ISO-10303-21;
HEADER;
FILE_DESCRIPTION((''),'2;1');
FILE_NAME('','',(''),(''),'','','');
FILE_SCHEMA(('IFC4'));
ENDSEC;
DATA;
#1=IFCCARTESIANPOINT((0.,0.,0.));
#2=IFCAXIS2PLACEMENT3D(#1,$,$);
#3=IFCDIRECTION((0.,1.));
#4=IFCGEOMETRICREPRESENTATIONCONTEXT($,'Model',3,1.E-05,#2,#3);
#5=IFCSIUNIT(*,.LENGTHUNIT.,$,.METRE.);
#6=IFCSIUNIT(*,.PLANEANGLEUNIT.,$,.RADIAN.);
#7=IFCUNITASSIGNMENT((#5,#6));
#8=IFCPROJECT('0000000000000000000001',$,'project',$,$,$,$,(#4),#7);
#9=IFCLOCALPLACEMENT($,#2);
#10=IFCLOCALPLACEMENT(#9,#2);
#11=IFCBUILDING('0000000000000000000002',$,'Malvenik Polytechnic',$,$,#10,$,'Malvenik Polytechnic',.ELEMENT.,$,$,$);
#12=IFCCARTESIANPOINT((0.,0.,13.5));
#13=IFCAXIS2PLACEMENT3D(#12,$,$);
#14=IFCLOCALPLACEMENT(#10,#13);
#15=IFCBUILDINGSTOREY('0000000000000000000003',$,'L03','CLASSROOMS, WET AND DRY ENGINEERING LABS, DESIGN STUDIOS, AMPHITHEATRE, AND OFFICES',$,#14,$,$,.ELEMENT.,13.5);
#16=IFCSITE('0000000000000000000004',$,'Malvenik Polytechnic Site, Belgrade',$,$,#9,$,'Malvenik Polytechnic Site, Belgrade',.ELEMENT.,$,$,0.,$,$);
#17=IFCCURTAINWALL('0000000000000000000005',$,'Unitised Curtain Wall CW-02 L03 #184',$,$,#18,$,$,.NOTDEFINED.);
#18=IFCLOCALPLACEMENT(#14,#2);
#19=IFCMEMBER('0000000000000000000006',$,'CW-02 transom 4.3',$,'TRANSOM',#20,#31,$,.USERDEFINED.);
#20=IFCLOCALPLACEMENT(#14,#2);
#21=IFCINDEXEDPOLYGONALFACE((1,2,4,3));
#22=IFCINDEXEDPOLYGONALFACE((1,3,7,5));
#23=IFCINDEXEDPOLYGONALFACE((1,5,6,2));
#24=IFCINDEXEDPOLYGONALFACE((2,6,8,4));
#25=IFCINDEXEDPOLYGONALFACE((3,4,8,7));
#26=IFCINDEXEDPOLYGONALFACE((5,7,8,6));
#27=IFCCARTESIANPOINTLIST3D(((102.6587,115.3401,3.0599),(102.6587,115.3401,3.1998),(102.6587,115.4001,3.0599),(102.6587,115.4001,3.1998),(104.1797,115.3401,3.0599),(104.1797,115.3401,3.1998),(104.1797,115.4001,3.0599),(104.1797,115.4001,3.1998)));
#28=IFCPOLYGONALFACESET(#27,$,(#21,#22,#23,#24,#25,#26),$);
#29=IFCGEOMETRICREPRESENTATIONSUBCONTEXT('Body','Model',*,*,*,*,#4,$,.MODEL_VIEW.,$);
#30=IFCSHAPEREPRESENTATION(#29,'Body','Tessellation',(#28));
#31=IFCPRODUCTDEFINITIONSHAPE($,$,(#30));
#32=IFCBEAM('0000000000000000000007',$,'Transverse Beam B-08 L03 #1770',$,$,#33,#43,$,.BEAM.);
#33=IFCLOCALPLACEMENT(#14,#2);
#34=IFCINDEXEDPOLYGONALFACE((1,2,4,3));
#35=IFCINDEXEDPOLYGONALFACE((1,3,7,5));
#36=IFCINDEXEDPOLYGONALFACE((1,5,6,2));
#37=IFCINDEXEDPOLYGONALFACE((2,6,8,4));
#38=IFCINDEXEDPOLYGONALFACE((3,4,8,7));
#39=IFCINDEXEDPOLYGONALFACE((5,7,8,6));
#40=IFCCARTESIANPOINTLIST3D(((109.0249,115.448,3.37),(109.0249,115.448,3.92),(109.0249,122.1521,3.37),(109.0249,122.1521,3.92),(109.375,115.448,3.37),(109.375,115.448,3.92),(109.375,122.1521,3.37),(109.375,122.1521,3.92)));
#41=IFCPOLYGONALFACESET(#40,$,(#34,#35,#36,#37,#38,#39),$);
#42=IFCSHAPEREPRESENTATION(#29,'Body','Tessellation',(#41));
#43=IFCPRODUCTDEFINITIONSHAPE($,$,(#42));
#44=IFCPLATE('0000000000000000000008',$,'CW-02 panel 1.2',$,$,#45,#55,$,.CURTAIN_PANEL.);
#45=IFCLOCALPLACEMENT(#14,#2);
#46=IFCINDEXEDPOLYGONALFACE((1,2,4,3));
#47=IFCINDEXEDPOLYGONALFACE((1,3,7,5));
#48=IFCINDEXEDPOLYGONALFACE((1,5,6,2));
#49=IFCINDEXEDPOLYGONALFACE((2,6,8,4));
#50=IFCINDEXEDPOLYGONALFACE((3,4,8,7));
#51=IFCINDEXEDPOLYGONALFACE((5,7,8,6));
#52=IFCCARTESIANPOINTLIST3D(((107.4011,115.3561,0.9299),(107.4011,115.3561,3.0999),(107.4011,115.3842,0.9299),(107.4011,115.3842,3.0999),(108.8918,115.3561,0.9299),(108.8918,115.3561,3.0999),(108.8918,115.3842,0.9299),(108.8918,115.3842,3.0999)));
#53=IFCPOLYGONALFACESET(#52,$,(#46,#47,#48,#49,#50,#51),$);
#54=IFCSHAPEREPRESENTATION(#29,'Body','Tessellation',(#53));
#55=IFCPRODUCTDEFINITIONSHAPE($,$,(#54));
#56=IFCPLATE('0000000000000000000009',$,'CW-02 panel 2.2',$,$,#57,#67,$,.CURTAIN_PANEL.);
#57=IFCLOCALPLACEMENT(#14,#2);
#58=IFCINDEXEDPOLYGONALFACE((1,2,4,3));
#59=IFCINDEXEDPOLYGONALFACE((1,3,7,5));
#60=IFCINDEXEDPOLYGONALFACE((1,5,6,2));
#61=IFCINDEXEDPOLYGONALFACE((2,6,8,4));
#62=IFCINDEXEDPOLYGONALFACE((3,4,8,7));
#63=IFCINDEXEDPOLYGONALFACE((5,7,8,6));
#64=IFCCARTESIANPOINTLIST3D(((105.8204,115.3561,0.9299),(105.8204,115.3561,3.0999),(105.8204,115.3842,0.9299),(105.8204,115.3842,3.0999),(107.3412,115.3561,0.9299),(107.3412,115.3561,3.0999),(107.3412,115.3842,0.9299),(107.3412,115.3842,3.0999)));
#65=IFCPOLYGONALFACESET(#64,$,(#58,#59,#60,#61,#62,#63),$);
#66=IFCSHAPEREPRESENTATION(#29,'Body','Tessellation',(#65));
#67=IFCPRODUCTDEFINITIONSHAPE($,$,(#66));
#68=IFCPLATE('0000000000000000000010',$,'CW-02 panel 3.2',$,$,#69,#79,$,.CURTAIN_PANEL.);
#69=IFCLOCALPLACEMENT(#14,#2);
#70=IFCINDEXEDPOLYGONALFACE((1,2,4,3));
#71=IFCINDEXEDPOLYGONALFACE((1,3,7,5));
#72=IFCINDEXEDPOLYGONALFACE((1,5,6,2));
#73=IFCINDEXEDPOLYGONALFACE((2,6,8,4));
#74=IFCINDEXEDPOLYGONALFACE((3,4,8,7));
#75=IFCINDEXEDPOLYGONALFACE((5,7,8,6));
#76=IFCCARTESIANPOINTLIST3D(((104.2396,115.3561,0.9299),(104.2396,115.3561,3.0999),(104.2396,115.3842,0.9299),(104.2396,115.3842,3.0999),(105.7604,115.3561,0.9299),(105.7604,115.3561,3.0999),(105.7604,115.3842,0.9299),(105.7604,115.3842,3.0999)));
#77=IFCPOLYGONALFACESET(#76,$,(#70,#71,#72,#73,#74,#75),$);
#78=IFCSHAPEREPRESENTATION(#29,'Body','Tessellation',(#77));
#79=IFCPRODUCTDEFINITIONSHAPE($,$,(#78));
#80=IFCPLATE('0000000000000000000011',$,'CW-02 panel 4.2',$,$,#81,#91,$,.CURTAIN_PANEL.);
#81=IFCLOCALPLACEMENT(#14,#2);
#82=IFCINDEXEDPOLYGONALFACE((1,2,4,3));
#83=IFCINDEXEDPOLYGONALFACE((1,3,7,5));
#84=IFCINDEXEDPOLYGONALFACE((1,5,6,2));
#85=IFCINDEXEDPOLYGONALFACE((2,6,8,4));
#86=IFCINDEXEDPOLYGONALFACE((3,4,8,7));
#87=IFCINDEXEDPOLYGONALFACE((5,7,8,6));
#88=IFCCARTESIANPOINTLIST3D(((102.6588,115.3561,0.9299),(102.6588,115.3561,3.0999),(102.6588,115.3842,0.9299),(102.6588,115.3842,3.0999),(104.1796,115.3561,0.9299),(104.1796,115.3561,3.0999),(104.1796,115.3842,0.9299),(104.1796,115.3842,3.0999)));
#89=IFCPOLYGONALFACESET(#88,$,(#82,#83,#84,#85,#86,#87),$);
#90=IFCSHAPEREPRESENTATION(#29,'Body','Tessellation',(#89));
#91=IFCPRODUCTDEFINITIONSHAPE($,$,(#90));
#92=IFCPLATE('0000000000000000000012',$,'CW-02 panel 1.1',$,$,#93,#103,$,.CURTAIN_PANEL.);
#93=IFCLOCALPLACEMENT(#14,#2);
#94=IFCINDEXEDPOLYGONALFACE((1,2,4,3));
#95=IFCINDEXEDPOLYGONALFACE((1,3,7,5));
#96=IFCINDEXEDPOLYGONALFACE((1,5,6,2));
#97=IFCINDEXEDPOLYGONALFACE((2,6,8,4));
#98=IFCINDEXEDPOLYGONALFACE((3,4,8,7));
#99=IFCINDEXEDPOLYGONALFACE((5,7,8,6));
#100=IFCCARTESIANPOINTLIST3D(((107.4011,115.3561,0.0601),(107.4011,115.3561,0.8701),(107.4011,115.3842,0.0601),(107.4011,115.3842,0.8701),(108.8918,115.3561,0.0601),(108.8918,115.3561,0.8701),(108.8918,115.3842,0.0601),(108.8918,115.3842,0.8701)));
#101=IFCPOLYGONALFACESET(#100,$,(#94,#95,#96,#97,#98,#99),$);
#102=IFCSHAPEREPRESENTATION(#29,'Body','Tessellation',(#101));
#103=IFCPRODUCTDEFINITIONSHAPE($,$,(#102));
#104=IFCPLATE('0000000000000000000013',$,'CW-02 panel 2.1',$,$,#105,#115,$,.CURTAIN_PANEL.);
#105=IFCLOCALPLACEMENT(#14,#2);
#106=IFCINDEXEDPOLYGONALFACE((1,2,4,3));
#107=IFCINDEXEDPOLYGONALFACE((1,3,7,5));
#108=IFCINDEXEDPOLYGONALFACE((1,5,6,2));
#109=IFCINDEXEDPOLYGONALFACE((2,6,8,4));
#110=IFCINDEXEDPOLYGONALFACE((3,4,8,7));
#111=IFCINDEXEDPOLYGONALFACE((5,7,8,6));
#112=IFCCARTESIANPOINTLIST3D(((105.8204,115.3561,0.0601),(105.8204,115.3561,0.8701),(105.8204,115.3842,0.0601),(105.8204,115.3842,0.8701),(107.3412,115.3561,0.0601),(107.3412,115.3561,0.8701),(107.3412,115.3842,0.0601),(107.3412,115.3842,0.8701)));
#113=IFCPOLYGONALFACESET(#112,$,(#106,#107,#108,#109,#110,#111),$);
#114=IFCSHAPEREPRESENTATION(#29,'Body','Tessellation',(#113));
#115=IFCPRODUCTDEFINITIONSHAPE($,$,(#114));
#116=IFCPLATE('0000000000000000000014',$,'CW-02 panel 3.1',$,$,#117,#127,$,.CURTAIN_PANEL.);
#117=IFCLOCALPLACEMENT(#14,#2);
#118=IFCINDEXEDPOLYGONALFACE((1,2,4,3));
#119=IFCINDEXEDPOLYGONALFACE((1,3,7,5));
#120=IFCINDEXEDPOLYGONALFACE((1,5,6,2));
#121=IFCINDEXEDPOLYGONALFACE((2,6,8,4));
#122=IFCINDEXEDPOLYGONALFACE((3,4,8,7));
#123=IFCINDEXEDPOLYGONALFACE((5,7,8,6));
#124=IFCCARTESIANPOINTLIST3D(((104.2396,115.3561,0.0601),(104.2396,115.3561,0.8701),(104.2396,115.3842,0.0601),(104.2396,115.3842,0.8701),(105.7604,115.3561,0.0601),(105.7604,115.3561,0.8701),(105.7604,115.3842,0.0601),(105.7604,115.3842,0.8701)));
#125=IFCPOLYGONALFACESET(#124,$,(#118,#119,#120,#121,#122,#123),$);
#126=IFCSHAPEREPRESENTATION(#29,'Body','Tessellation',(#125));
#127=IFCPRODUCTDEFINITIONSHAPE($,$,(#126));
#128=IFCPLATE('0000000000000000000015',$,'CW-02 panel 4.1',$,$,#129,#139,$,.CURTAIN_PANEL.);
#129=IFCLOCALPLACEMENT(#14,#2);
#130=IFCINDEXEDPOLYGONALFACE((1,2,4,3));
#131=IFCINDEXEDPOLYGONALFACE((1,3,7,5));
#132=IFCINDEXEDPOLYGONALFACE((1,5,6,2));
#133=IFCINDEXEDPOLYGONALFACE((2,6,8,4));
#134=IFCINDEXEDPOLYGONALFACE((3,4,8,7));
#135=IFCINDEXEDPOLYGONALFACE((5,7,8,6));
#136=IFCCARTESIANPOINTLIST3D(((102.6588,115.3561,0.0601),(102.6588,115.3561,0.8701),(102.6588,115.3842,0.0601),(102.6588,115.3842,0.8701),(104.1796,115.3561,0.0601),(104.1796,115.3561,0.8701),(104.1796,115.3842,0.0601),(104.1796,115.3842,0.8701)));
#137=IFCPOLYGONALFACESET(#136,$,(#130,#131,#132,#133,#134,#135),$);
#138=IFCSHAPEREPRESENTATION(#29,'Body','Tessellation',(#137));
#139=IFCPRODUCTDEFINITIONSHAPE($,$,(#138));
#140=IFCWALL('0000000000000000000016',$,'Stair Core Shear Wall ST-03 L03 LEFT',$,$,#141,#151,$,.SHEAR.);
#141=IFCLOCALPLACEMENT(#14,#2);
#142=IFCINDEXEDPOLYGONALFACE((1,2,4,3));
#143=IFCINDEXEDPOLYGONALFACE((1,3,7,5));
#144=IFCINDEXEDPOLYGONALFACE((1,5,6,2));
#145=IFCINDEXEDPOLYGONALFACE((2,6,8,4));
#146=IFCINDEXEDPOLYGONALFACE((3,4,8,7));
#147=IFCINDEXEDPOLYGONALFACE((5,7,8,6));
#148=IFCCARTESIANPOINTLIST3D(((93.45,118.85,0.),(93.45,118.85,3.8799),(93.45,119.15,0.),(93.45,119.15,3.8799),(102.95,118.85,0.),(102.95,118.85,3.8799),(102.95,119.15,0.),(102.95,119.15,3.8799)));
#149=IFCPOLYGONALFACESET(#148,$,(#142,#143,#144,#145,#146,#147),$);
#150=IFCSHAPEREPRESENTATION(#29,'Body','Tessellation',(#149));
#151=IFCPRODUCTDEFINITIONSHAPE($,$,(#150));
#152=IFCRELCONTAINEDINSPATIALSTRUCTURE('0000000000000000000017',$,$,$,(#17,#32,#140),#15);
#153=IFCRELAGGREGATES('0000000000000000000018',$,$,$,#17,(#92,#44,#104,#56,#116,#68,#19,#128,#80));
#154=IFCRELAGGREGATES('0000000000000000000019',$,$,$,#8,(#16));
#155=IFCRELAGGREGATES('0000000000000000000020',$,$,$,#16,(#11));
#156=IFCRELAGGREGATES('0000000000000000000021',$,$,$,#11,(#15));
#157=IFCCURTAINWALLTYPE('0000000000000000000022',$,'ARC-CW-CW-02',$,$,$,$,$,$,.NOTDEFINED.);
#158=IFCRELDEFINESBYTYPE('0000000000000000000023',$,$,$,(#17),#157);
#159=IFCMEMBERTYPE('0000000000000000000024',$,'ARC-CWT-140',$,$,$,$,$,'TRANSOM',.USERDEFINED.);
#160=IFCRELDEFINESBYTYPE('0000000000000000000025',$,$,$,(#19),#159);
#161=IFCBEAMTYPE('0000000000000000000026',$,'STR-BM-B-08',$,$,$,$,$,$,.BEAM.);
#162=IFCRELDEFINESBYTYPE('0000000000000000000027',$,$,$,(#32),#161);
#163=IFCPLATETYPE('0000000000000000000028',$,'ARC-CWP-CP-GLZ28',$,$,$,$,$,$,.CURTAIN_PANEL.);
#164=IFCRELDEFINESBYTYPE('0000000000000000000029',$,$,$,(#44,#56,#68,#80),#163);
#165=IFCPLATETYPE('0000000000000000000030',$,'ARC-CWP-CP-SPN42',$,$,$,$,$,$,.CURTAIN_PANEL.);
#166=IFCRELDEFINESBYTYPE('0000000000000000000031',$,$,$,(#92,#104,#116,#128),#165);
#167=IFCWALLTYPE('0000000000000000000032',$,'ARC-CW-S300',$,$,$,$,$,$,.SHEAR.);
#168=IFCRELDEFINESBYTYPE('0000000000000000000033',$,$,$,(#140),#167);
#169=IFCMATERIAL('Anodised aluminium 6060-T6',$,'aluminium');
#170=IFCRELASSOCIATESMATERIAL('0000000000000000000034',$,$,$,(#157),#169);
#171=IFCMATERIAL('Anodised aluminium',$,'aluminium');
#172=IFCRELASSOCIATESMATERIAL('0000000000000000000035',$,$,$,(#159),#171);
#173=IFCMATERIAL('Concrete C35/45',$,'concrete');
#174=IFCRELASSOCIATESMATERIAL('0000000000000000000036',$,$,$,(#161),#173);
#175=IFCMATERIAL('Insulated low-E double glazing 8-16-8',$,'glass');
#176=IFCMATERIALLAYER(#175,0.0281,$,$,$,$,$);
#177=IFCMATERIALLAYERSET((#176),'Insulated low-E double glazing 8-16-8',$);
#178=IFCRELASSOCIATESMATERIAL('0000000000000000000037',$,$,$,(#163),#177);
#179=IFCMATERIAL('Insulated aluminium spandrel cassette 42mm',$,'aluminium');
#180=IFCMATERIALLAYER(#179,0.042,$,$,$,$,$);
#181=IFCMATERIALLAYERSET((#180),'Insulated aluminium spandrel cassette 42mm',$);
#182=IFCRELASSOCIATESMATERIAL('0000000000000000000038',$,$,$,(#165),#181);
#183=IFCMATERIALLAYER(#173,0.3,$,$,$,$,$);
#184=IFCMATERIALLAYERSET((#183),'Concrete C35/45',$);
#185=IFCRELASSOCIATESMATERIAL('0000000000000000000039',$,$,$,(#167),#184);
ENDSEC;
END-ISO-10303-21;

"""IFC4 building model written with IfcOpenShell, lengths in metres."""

from ifc_helpers import new_model, si_unit, direction, frame, frame_2d, origin, origin_2d, place, context, subcontext, project, spatial, rectangle, extrude, material, layer, layer_set, material_profile, profile_set, type_object, element, aggregate, save


model = new_model("IFC4")

# Units and contexts
model_context = context("Model", 3, precision=1e-05, world=origin(), true_north=direction((0.0, 1.0)))
body_context = subcontext(model_context, "Body", "Model", "MODEL_VIEW")
ifc_project = project(units=[si_unit("LENGTHUNIT", "METRE"), si_unit("PLANEANGLEUNIT", "RADIAN")], contexts=[model_context])

# Site, building, storey
site_placement = place(None, origin())
site = spatial("IfcSite", under=ifc_project, at=site_placement, Name="Malvenik Polytechnic Site, Belgrade", LongName="Malvenik Polytechnic Site, Belgrade", CompositionType="ELEMENT", RefElevation=0.0)
building_placement = place(site_placement, origin())
building = spatial("IfcBuilding", under=site, at=building_placement, Name="Malvenik Polytechnic", LongName="Malvenik Polytechnic", CompositionType="ELEMENT")
storey_placement = place(building_placement, frame((0.0, 0.0, 13.5)))
storey = spatial("IfcBuildingStorey", under=building, at=storey_placement, Name="L03", Description="CLASSROOMS, WET AND DRY ENGINEERING LABS, DESIGN STUDIOS, AMPHITHEATRE, AND OFFICES", CompositionType="ELEMENT", Elevation=13.5)

# Curtain wall, member
ifc_material_1 = material(Name="Anodised aluminium 6060-T6", Category="aluminium")
curtain_wall_type = type_object("IfcCurtainWallType", Name="ARC-CW-CW-02", PredefinedType="NOTDEFINED", material=ifc_material_1)
curtain_wall_placement = place(storey_placement, origin())
curtain_wall = element("IfcCurtainWall", 1, at=curtain_wall_placement, inside=storey, type_object=curtain_wall_type, Name="Unitised Curtain Wall CW-02 L03 #184", PredefinedType="NOTDEFINED")
ifc_material_2 = material(Name="Anodised aluminium", Category="aluminium")
ifc_material_profile_1 = material_profile(ifc_material_2, rectangle(XDim=0.0601, YDim=0.1399, at=origin_2d()), Name="ALU TRANSOM 60x140")
ifc_profile_set_1 = profile_set([ifc_material_profile_1], Name="Anodised aluminium")
member_type_1 = type_object("IfcMemberType", Name="ARC-CWT-140", ElementType="TRANSOM", PredefinedType="USERDEFINED", material=ifc_profile_set_1)
member_1_placement = place(storey_placement, frame((104.1797, 115.3701, 3.1299), z_axis=(-1.0, 0.0, 0.0), x_axis=(0.0, -1.0, 0.0)))
member_1 = element("IfcMember", 2, at=member_1_placement, type_object=member_type_1, Name="CW-02 transom 4.3", ObjectType="TRANSOM", PredefinedType="USERDEFINED", context=body_context, shape_type="SweptSolid", body=[
    extrude(rectangle(XDim=0.0601, YDim=0.1399, at=origin_2d()), origin(), (0.0, 0.0, 1.0), 1.521),
])

# Beam
ifc_material_3 = material(Name="Concrete C35/45", Category="concrete")
ifc_material_profile_2 = material_profile(ifc_material_3, rectangle(XDim=0.3501, YDim=0.55, at=origin_2d()), Name="RC BM 350x550")
ifc_profile_set_2 = profile_set([ifc_material_profile_2], Name="Concrete C35/45")
beam_type = type_object("IfcBeamType", Name="STR-BM-B-08", PredefinedType="BEAM", material=ifc_profile_set_2)
beam_placement = place(storey_placement, frame((109.2, 115.448, 3.645), z_axis=(0.0, 1.0, 0.0), x_axis=(-1.0, 0.0, 0.0)))
element("IfcBeam", 3, at=beam_placement, inside=storey, type_object=beam_type, Name="Transverse Beam B-08 L03 #1770", PredefinedType="BEAM", context=body_context, shape_type="SweptSolid", body=[
    extrude(rectangle(XDim=0.3501, YDim=0.55, at=origin_2d()), origin(), (0.0, 0.0, 1.0), 6.7041),
])

# Plates
ifc_material_4 = material(Name="Insulated low-E double glazing 8-16-8", Category="glass")
ifc_layer_1 = layer(ifc_material_4, 0.0281)
ifc_layer_set_1 = layer_set([ifc_layer_1], Name="Insulated low-E double glazing 8-16-8")
plate_type_1 = type_object("IfcPlateType", Name="ARC-CWP-CP-GLZ28", PredefinedType="CURTAIN_PANEL", material=ifc_layer_set_1)
plate_1_placement = place(storey_placement, frame((108.1465, 115.3701, 0.9299), z_axis=(0.0, 0.0, 1.0), x_axis=(-1.0, 0.0, 0.0)))
plate_1 = element("IfcPlate", 4, at=plate_1_placement, type_object=plate_type_1, Name="CW-02 panel 1.2", PredefinedType="CURTAIN_PANEL", context=body_context, shape_type="SweptSolid", body=[
    extrude(rectangle(XDim=1.4907, YDim=0.0281, at=origin_2d()), origin(), (0.0, 0.0, 1.0), 2.1699),
])
plate_2_placement = place(storey_placement, frame((106.5808, 115.3701, 0.9299), z_axis=(0.0, 0.0, 1.0), x_axis=(-1.0, 0.0, 0.0)))
plate_2 = element("IfcPlate", 5, at=plate_2_placement, type_object=plate_type_1, Name="CW-02 panel 2.2", PredefinedType="CURTAIN_PANEL", context=body_context, shape_type="SweptSolid", body=[
    extrude(rectangle(XDim=1.5208, YDim=0.0281, at=origin_2d()), origin(), (0.0, 0.0, 1.0), 2.1699),
])
plate_3_placement = place(storey_placement, frame((105.0, 115.3701, 0.9299), z_axis=(0.0, 0.0, 1.0), x_axis=(-1.0, 0.0, 0.0)))
plate_3 = element("IfcPlate", 6, at=plate_3_placement, type_object=plate_type_1, Name="CW-02 panel 3.2", PredefinedType="CURTAIN_PANEL", context=body_context, shape_type="SweptSolid", body=[
    extrude(rectangle(XDim=1.5208, YDim=0.0281, at=origin_2d()), origin(), (0.0, 0.0, 1.0), 2.1699),
])
plate_4_placement = place(storey_placement, frame((103.4192, 115.3701, 0.9299), z_axis=(0.0, 0.0, 1.0), x_axis=(-1.0, 0.0, 0.0)))
plate_4 = element("IfcPlate", 7, at=plate_4_placement, type_object=plate_type_1, Name="CW-02 panel 4.2", PredefinedType="CURTAIN_PANEL", context=body_context, shape_type="SweptSolid", body=[
    extrude(rectangle(XDim=1.5208, YDim=0.0281, at=origin_2d()), origin(), (0.0, 0.0, 1.0), 2.1699),
])
ifc_material_5 = material(Name="Insulated aluminium spandrel cassette 42mm", Category="aluminium")
ifc_layer_2 = layer(ifc_material_5, 0.042)
ifc_layer_set_2 = layer_set([ifc_layer_2], Name="Insulated aluminium spandrel cassette 42mm")
plate_type_2 = type_object("IfcPlateType", Name="ARC-CWP-CP-SPN42", PredefinedType="CURTAIN_PANEL", material=ifc_layer_set_2)
plate_5_placement = place(storey_placement, frame((108.1465, 115.3701, 0.0601), z_axis=(0.0, 0.0, 1.0), x_axis=(-1.0, 0.0, 0.0)))
plate_5 = element("IfcPlate", 8, at=plate_5_placement, type_object=plate_type_2, Name="CW-02 panel 1.1", PredefinedType="CURTAIN_PANEL", context=body_context, shape_type="SweptSolid", body=[
    extrude(rectangle(XDim=1.4907, YDim=0.0281, at=origin_2d()), origin(), (0.0, 0.0, 1.0), 0.8101),
])
plate_6_placement = place(storey_placement, frame((106.5808, 115.3701, 0.0601), z_axis=(0.0, 0.0, 1.0), x_axis=(-1.0, 0.0, 0.0)))
plate_6 = element("IfcPlate", 9, at=plate_6_placement, type_object=plate_type_2, Name="CW-02 panel 2.1", PredefinedType="CURTAIN_PANEL", context=body_context, shape_type="SweptSolid", body=[
    extrude(rectangle(XDim=1.5208, YDim=0.0281, at=origin_2d()), origin(), (0.0, 0.0, 1.0), 0.8101),
])
plate_7_placement = place(storey_placement, frame((105.0, 115.3701, 0.0601), z_axis=(0.0, 0.0, 1.0), x_axis=(-1.0, 0.0, 0.0)))
plate_7 = element("IfcPlate", 10, at=plate_7_placement, type_object=plate_type_2, Name="CW-02 panel 3.1", PredefinedType="CURTAIN_PANEL", context=body_context, shape_type="SweptSolid", body=[
    extrude(rectangle(XDim=1.5208, YDim=0.0281, at=origin_2d()), origin(), (0.0, 0.0, 1.0), 0.8101),
])
plate_8_placement = place(storey_placement, frame((103.4192, 115.3701, 0.0601), z_axis=(0.0, 0.0, 1.0), x_axis=(-1.0, 0.0, 0.0)))
plate_8 = element("IfcPlate", 11, at=plate_8_placement, type_object=plate_type_2, Name="CW-02 panel 4.1", PredefinedType="CURTAIN_PANEL", context=body_context, shape_type="SweptSolid", body=[
    extrude(rectangle(XDim=1.5208, YDim=0.0281, at=origin_2d()), origin(), (0.0, 0.0, 1.0), 0.8101),
])
aggregate(curtain_wall, [plate_5, plate_1, plate_6, plate_2, plate_7, plate_3, member_1, plate_8, plate_4])

# Wall
ifc_layer_3 = layer(ifc_material_3, 0.3)
ifc_layer_set_3 = layer_set([ifc_layer_3], Name="Concrete C35/45")
wall_type = type_object("IfcWallType", Name="ARC-CW-S300", PredefinedType="SHEAR", material=ifc_layer_set_3)
wall_placement = place(storey_placement, frame((102.95, 119.0, 0.0), z_axis=(0.0, 0.0, 1.0), x_axis=(-1.0, 0.0, 0.0)))
element("IfcWall", 12, at=wall_placement, inside=storey, type_object=wall_type, Name="Stair Core Shear Wall ST-03 L03 LEFT", PredefinedType="SHEAR", context=body_context, shape_type="SweptSolid", body=[
    extrude(rectangle(XDim=9.5, YDim=0.3, at=frame_2d((4.75, 0.0))), origin(), (0.0, 0.0, 1.0), 3.8799),
])

save(model, "model.ifc")
